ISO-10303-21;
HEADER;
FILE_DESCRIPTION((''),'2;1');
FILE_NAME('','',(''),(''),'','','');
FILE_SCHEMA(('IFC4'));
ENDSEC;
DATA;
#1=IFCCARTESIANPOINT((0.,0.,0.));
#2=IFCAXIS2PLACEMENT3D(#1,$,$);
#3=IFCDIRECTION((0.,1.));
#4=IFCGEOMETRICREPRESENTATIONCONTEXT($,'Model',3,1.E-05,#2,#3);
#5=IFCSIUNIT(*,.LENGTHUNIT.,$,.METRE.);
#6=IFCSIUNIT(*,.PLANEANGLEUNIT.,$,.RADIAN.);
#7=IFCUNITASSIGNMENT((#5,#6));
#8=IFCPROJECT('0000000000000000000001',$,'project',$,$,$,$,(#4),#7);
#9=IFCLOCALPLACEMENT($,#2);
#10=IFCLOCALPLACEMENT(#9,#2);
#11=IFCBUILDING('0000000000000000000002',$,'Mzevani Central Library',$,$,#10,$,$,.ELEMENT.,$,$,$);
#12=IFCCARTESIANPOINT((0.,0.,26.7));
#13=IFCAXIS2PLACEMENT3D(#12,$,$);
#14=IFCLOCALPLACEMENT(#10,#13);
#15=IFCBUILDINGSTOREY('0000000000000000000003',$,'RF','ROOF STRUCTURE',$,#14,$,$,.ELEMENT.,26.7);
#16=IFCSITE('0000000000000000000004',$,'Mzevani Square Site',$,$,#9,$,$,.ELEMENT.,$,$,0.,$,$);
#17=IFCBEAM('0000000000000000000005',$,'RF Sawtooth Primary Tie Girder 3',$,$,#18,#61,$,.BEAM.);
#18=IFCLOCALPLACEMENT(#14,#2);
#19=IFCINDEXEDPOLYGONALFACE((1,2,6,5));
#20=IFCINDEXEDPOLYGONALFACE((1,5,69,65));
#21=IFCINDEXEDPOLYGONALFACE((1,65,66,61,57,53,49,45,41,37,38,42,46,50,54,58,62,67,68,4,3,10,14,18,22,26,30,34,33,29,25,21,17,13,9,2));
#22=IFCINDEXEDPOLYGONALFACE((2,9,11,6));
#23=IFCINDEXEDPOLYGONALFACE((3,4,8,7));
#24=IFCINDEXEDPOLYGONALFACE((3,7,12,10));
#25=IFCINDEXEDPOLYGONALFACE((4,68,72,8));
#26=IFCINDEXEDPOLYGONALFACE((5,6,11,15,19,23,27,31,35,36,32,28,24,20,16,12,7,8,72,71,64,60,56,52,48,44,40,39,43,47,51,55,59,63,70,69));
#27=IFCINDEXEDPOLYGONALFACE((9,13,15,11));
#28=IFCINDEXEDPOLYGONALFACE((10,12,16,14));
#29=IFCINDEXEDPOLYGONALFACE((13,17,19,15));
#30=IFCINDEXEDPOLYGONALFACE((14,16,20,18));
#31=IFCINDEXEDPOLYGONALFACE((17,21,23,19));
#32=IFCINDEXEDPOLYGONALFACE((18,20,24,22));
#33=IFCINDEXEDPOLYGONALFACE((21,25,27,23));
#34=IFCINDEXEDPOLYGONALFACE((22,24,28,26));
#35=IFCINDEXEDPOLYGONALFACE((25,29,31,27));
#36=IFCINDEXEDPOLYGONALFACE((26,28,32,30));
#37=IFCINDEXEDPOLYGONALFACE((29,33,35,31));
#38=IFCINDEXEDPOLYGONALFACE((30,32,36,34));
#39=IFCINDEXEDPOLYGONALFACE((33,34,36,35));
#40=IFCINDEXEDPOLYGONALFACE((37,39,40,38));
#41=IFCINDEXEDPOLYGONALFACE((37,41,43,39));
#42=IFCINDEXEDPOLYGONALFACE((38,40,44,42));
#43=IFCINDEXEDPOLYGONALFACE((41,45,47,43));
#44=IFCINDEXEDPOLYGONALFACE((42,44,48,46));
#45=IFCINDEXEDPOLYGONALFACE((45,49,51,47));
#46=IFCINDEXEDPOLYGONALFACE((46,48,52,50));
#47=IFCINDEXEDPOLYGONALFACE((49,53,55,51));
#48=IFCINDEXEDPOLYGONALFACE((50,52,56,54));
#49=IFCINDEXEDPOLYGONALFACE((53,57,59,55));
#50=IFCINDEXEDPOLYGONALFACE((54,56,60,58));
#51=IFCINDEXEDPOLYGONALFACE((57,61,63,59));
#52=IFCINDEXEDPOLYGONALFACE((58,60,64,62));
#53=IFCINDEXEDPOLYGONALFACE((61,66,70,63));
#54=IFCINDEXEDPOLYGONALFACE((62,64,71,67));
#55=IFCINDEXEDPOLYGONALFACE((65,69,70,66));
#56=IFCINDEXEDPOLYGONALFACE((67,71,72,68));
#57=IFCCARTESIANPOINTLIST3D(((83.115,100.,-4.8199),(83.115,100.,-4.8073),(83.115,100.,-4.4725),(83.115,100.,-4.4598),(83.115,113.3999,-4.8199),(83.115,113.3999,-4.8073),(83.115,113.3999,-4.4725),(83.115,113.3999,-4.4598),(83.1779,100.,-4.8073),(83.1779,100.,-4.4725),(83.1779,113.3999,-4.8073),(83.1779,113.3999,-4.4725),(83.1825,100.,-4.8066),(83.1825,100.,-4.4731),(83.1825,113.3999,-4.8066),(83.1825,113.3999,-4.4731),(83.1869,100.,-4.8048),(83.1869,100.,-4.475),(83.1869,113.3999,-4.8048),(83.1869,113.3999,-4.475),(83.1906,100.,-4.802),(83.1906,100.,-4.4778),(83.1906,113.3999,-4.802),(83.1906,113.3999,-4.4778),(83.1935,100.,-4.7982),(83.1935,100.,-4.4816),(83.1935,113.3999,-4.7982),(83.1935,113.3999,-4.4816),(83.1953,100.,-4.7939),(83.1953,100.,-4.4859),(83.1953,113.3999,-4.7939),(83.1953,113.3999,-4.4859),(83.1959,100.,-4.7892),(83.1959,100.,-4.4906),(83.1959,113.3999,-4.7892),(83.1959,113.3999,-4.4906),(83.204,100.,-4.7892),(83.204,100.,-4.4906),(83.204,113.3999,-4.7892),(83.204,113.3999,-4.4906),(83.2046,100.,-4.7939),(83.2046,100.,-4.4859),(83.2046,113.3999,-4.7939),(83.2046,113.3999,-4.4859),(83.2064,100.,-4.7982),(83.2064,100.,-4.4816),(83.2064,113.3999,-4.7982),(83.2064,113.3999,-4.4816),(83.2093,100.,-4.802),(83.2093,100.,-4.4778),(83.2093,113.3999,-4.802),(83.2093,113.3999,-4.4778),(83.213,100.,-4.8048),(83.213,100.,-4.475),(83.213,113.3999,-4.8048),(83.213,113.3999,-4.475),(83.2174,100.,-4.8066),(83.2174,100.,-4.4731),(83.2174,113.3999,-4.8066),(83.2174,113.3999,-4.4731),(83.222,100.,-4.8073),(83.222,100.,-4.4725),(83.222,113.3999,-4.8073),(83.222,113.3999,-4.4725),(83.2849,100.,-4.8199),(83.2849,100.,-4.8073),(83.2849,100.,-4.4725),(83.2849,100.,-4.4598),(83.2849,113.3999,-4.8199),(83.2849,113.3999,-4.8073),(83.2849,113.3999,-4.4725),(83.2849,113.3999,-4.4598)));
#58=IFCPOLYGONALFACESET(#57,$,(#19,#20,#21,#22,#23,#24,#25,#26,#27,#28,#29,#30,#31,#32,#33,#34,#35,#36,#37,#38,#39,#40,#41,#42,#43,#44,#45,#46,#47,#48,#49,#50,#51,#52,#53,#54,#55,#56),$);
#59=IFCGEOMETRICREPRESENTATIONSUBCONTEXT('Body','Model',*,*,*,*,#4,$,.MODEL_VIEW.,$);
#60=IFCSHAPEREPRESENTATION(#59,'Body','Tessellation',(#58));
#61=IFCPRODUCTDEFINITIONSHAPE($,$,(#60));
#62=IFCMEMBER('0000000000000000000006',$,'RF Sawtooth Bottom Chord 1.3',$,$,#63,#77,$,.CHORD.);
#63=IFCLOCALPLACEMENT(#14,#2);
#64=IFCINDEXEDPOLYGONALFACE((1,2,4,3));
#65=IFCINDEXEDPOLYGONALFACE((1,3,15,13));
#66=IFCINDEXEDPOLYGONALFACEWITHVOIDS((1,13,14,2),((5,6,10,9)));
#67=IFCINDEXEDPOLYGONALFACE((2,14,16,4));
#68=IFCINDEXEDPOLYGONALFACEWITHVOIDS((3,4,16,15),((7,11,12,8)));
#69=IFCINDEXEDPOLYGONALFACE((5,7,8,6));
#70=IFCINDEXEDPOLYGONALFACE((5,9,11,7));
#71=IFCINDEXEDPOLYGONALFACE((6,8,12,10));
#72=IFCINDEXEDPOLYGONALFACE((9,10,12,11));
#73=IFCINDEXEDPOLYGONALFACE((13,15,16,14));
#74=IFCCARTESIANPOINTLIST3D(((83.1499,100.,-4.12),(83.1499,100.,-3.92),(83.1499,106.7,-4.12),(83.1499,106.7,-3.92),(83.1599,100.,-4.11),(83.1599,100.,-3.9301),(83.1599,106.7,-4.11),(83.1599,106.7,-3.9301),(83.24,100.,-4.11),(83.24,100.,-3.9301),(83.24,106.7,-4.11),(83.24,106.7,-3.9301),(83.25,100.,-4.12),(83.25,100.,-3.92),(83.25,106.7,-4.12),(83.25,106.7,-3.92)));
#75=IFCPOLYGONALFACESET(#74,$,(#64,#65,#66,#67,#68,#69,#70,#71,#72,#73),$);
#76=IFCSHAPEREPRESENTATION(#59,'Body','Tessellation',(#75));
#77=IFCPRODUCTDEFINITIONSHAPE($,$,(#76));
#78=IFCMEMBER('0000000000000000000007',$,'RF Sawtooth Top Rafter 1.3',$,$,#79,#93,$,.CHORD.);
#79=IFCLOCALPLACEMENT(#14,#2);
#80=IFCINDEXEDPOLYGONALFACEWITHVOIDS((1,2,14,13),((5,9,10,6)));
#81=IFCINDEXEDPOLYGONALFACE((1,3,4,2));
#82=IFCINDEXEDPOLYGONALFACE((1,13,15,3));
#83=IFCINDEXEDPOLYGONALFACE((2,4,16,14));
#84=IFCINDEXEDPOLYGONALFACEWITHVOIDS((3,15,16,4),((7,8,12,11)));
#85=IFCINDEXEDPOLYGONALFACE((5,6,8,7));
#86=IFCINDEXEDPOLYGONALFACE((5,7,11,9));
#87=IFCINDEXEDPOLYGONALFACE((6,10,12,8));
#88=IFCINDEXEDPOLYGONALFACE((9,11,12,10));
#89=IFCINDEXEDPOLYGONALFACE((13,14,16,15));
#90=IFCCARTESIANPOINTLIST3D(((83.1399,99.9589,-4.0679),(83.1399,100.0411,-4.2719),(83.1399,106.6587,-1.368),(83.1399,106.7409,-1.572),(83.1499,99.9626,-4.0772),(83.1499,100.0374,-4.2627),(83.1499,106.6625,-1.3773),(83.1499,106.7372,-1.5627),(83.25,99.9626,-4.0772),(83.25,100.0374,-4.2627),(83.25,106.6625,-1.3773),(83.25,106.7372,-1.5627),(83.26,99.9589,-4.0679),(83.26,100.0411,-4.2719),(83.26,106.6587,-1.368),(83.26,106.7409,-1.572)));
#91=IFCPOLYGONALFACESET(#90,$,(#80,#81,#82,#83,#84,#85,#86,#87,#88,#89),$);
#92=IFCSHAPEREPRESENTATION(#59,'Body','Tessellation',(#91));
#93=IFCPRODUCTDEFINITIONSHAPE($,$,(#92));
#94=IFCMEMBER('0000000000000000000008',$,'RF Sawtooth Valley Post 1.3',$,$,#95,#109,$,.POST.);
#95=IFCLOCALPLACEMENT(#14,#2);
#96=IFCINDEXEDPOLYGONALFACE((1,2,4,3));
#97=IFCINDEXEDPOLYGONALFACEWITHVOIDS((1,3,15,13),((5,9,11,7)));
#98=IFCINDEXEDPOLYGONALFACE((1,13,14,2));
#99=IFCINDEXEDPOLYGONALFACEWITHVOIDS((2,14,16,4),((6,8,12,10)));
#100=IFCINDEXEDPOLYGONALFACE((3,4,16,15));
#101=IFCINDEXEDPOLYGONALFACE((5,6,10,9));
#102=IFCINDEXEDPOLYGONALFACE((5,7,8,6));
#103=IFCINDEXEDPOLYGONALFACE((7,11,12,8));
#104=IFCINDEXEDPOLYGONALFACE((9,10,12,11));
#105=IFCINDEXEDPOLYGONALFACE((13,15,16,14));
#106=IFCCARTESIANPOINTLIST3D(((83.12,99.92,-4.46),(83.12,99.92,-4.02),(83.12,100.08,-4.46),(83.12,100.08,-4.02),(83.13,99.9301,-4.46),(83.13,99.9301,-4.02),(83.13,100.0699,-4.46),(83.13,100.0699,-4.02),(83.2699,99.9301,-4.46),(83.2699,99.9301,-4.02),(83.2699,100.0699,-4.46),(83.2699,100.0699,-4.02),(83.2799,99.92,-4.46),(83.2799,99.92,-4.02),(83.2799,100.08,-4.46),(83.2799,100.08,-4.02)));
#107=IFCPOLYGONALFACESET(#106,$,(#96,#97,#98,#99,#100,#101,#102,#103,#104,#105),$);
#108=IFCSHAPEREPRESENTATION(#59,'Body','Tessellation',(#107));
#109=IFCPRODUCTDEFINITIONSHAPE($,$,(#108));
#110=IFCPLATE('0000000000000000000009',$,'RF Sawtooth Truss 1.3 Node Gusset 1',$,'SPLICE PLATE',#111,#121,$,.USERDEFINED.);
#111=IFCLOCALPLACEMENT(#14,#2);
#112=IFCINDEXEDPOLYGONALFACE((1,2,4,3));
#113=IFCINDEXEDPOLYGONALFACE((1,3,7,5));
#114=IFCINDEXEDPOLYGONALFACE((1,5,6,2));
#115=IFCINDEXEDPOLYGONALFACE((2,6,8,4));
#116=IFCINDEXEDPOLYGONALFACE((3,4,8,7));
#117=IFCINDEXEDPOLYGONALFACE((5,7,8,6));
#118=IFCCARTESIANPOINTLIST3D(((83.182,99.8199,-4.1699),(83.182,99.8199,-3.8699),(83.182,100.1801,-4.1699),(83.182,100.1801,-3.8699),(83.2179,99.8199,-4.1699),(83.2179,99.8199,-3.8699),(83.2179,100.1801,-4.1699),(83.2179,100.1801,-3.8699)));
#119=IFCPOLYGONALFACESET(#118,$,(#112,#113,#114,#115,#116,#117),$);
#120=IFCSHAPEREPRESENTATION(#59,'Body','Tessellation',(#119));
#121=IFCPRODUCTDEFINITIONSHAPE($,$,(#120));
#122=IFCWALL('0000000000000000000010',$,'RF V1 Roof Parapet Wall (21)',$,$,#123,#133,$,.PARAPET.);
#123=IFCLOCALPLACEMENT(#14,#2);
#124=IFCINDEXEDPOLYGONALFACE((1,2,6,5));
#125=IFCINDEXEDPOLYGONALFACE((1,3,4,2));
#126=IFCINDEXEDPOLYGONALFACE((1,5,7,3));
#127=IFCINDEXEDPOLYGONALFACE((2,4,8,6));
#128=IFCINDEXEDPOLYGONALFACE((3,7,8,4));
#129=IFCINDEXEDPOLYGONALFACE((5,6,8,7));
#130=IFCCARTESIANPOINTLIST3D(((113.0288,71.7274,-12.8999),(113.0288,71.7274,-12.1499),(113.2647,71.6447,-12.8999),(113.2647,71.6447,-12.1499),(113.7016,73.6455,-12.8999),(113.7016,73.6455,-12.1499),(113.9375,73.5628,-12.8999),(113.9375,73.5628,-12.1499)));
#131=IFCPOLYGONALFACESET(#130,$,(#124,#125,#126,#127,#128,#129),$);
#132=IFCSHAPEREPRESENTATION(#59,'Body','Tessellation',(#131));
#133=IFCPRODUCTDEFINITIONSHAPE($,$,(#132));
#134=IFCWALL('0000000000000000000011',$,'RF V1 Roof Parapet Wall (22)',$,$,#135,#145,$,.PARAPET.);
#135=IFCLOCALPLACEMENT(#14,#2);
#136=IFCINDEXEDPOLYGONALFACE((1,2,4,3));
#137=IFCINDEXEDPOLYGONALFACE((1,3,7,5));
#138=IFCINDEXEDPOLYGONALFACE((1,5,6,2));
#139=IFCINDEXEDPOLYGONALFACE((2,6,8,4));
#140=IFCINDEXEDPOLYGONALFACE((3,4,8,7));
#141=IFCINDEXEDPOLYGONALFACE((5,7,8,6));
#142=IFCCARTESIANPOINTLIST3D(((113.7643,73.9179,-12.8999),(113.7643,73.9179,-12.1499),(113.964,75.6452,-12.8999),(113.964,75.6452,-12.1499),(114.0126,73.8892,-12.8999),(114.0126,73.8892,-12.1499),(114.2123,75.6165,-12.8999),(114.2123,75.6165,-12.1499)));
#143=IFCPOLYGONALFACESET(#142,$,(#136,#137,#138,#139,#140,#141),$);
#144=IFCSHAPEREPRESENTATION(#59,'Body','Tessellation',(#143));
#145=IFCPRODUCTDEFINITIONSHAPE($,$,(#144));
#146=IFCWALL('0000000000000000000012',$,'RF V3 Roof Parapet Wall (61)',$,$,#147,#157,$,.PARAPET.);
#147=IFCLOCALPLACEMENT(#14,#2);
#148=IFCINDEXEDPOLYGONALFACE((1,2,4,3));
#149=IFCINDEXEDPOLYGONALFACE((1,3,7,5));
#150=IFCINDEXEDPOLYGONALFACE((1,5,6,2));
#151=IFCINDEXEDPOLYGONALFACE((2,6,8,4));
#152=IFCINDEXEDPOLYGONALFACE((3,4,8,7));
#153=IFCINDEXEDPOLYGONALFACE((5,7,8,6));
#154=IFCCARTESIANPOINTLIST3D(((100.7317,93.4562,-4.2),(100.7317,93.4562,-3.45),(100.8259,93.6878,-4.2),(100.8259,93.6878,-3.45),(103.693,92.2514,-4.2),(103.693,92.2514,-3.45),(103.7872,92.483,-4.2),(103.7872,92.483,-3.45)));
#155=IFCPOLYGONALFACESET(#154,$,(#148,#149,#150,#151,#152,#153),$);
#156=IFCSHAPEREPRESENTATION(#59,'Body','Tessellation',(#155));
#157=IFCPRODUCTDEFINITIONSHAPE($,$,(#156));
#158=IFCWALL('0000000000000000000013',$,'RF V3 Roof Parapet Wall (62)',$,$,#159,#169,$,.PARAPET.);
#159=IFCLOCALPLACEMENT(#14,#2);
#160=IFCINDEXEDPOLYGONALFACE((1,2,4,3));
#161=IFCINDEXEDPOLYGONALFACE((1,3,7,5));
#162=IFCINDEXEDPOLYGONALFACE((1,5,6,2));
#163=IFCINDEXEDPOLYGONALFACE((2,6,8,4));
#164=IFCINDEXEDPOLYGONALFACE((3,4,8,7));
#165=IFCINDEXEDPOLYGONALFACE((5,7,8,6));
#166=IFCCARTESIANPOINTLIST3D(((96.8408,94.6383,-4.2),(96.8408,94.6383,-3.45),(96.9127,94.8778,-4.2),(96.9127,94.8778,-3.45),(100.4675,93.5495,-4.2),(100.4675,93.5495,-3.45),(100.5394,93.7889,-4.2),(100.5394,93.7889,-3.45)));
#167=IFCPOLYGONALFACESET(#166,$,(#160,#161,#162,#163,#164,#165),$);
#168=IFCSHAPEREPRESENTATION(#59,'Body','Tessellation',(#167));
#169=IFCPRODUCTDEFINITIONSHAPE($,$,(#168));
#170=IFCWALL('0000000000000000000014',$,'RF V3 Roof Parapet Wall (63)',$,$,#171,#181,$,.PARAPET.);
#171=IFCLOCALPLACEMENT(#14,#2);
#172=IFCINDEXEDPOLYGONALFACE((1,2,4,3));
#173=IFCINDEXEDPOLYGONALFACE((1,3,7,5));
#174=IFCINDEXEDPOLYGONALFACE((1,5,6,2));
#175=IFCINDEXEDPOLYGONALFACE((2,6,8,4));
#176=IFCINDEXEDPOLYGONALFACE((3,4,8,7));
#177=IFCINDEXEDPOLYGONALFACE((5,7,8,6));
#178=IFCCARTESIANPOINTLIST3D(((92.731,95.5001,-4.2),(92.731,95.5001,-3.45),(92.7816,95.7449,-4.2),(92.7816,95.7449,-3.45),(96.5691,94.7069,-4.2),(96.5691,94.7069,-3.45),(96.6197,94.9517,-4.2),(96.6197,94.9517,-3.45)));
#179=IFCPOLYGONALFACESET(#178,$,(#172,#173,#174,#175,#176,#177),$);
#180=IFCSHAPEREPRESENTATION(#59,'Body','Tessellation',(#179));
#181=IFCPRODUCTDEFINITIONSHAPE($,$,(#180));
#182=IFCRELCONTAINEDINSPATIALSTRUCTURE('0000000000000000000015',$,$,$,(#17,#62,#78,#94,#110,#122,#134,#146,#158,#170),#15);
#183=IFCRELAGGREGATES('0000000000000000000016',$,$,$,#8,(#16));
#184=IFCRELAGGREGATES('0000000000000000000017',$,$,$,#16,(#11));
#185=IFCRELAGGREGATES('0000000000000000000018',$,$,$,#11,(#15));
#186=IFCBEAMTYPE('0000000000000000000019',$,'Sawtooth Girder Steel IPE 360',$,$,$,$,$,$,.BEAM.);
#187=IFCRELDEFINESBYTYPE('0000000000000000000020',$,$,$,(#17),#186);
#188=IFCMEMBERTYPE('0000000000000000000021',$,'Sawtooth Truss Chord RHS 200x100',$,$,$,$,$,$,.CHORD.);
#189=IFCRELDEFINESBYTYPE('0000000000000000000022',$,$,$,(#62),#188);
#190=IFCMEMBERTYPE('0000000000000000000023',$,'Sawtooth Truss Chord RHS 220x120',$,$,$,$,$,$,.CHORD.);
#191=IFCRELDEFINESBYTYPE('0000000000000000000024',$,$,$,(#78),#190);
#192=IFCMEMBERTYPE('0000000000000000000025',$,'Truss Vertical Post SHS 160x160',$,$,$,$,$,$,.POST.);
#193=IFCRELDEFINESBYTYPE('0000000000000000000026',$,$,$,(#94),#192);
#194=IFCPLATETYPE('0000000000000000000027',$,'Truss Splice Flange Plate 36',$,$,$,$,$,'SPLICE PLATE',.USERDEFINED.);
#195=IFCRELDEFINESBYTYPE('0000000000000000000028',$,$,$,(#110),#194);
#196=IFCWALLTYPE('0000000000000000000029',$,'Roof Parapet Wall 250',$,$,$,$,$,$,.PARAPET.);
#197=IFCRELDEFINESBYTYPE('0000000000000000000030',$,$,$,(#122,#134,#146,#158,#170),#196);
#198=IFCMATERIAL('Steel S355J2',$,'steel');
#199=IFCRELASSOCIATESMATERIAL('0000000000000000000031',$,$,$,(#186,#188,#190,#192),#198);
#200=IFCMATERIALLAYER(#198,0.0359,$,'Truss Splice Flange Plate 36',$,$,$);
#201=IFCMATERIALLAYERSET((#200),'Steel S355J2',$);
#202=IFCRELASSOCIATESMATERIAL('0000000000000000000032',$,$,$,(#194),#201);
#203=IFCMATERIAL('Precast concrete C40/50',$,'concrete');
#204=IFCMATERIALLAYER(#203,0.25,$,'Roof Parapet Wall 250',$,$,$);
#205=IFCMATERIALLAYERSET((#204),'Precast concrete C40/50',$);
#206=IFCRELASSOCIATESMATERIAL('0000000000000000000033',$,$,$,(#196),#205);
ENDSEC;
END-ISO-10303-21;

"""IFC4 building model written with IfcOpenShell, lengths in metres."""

from ifc_helpers import new_model, si_unit, direction, frame, frame_2d, origin, origin_2d, place, context, subcontext, project, spatial, rectangle, hollow_rectangle, i_section, extrude, material, layer, layer_set, material_profile, profile_set, type_object, element, save


model = new_model("IFC4")

# Units and contexts
model_context = context("Model", 3, precision=1e-05, world=origin(), true_north=direction((0.0, 1.0)))
body_context = subcontext(model_context, "Body", "Model", "MODEL_VIEW")
ifc_project = project(units=[si_unit("LENGTHUNIT", "METRE"), si_unit("PLANEANGLEUNIT", "RADIAN")], contexts=[model_context])

# Site, building, storey
site_placement = place(None, origin())
site = spatial("IfcSite", under=ifc_project, at=site_placement, Name="Mzevani Square Site", CompositionType="ELEMENT", RefElevation=0.0)
building_placement = place(site_placement, origin())
building = spatial("IfcBuilding", under=site, at=building_placement, Name="Mzevani Central Library", CompositionType="ELEMENT")
storey_placement = place(building_placement, frame((0.0, 0.0, 26.7)))
storey = spatial("IfcBuildingStorey", under=building, at=storey_placement, Name="RF", Description="ROOF STRUCTURE", CompositionType="ELEMENT", Elevation=26.7)

# Shared definitions
ifc_material_1 = material(Name="Steel S355J2", Category="steel")

# Beam
ifc_material_profile_1 = material_profile(ifc_material_1, i_section(OverallWidth=0.1699, OverallDepth=0.3601, WebThickness=0.0081, FlangeThickness=0.0127, FilletRadius=0.0181, at=origin_2d()), Name="IPE 360")
ifc_profile_set_1 = profile_set([ifc_material_profile_1], Name="Steel S355J2")
beam_type_1 = type_object("IfcBeamType", Name="Sawtooth Girder Steel IPE 360", PredefinedType="BEAM", material=ifc_profile_set_1)
beam_1_placement = place(storey_placement, frame((83.2, 100.0, -4.6399), z_axis=(0.0, 1.0, 0.0), x_axis=(-1.0, 0.0, 0.0)))
element("IfcBeam", 1, at=beam_1_placement, inside=storey, type_object=beam_type_1, Name="RF Sawtooth Primary Tie Girder 3", PredefinedType="BEAM", context=body_context, shape_type="SweptSolid", body=[
    extrude(i_section(OverallWidth=0.1699, OverallDepth=0.3601, WebThickness=0.0081, FlangeThickness=0.0127, FilletRadius=0.0181, at=origin_2d()), origin(), (0.0, 0.0, 1.0), 13.3999),
])

# Members
ifc_material_profile_2 = material_profile(ifc_material_1, hollow_rectangle(XDim=0.1001, YDim=0.2, WallThickness=0.01, at=origin_2d()), Name="RHS 200x100x10.0")
ifc_profile_set_2 = profile_set([ifc_material_profile_2], Name="Steel S355J2")
member_type_1 = type_object("IfcMemberType", Name="Sawtooth Truss Chord RHS 200x100", PredefinedType="CHORD", material=ifc_profile_set_2)
member_1_placement = place(storey_placement, frame((83.2, 100.0, -4.02), z_axis=(0.0, 1.0, 0.0), x_axis=(-1.0, 0.0, 0.0)))
element("IfcMember", 2, at=member_1_placement, inside=storey, type_object=member_type_1, Name="RF Sawtooth Bottom Chord 1.3", PredefinedType="CHORD", context=body_context, shape_type="SweptSolid", body=[
    extrude(hollow_rectangle(XDim=0.1001, YDim=0.2, WallThickness=0.01, at=origin_2d()), origin(), (0.0, 0.0, 1.0), 6.7),
])
ifc_material_profile_3 = material_profile(ifc_material_1, hollow_rectangle(XDim=0.1201, YDim=0.22, WallThickness=0.01, at=origin_2d()), Name="RHS 220x120x10.0")
ifc_profile_set_3 = profile_set([ifc_material_profile_3], Name="Steel S355J2")
member_type_2 = type_object("IfcMemberType", Name="Sawtooth Truss Chord RHS 220x120", PredefinedType="CHORD", material=ifc_profile_set_3)
member_2_placement = place(storey_placement, frame((83.2, 100.0, -4.1699), z_axis=(0.0, 0.92752, 0.373773), x_axis=(-1.0, 0.0, 0.0)))
element("IfcMember", 3, at=member_2_placement, inside=storey, type_object=member_type_2, Name="RF Sawtooth Top Rafter 1.3", PredefinedType="CHORD", context=body_context, shape_type="SweptSolid", body=[
    extrude(hollow_rectangle(XDim=0.1201, YDim=0.22, WallThickness=0.01, at=origin_2d()), origin(), (0.0, 0.0, 1.0), 7.2234),
])
ifc_material_profile_4 = material_profile(ifc_material_1, hollow_rectangle(XDim=0.1599, YDim=0.1599, WallThickness=0.01, at=origin_2d()), Name="SHS 160x160x10.0")
ifc_profile_set_4 = profile_set([ifc_material_profile_4], Name="Steel S355J2")
member_type_3 = type_object("IfcMemberType", Name="Truss Vertical Post SHS 160x160", PredefinedType="POST", material=ifc_profile_set_4)
member_3_placement = place(storey_placement, frame((83.2, 100.0, -4.46), z_axis=(0.0, 0.0, 1.0), x_axis=(1.0, 0.0, 0.0)))
element("IfcMember", 4, at=member_3_placement, inside=storey, type_object=member_type_3, Name="RF Sawtooth Valley Post 1.3", PredefinedType="POST", context=body_context, shape_type="SweptSolid", body=[
    extrude(hollow_rectangle(XDim=0.1599, YDim=0.1599, WallThickness=0.01, at=origin_2d()), origin(), (0.0, 0.0, 1.0), 0.4399),
])

# Plate
ifc_layer_1 = layer(ifc_material_1, 0.0359, Name="Truss Splice Flange Plate 36")
ifc_layer_set_1 = layer_set([ifc_layer_1], Name="Steel S355J2")
plate_type = type_object("IfcPlateType", Name="Truss Splice Flange Plate 36", ElementType="SPLICE PLATE", PredefinedType="USERDEFINED", material=ifc_layer_set_1)
plate_placement = place(storey_placement, frame((83.2, 100.0, -4.1699), z_axis=(0.0, 0.0, 1.0), x_axis=(1.0, 0.0, 0.0)))
element("IfcPlate", 5, at=plate_placement, inside=storey, type_object=plate_type, Name="RF Sawtooth Truss 1.3 Node Gusset 1", ObjectType="SPLICE PLATE", PredefinedType="USERDEFINED", context=body_context, shape_type="SweptSolid", body=[
    extrude(rectangle(XDim=0.0359, YDim=0.3601, at=origin_2d()), origin(), (0.0, 0.0, 1.0), 0.3),
])

# Walls
ifc_material_2 = material(Name="Precast concrete C40/50", Category="concrete")
ifc_layer_2 = layer(ifc_material_2, 0.25, Name="Roof Parapet Wall 250")
ifc_layer_set_2 = layer_set([ifc_layer_2], Name="Precast concrete C40/50")
wall_type = type_object("IfcWallType", Name="Roof Parapet Wall 250", PredefinedType="PARAPET", material=ifc_layer_set_2)
wall_1_placement = place(storey_placement, frame((113.1467, 71.686, -12.8999), z_axis=(0.0, 0.0, 1.0), x_axis=(0.330998, 0.943632, 0.0)))
element("IfcWall", 6, at=wall_1_placement, inside=storey, type_object=wall_type, Name="RF V1 Roof Parapet Wall (21)", PredefinedType="PARAPET", context=body_context, shape_type="SweptSolid", body=[
    extrude(rectangle(XDim=2.0327, YDim=0.25, at=frame_2d((1.0164, 0.0))), origin(), (0.0, 0.0, 1.0), 0.75),
])
wall_2_placement = place(storey_placement, frame((113.8884, 73.9036, -12.8999), z_axis=(0.0, 0.0, 1.0), x_axis=(0.114853, 0.993382, 0.0)))
element("IfcWall", 7, at=wall_2_placement, inside=storey, type_object=wall_type, Name="RF V1 Roof Parapet Wall (22)", PredefinedType="PARAPET", context=body_context, shape_type="SweptSolid", body=[
    extrude(rectangle(XDim=1.7388, YDim=0.25, at=frame_2d((0.8694, 0.0))), origin(), (0.0, 0.0, 1.0), 0.75),
])
wall_3_placement = place(storey_placement, frame((103.7402, 92.3672, -4.2), z_axis=(0.0, 0.0, 1.0), x_axis=(-0.926275, 0.376848, 0.0)))
element("IfcWall", 8, at=wall_3_placement, inside=storey, type_object=wall_type, Name="RF V3 Roof Parapet Wall (61)", PredefinedType="PARAPET", context=body_context, shape_type="SweptSolid", body=[
    extrude(rectangle(XDim=3.197, YDim=0.25, at=frame_2d((1.5986, 0.0))), origin(), (0.0, 0.0, 1.0), 0.75),
])
wall_4_placement = place(storey_placement, frame((100.5034, 93.6692, -4.2), z_axis=(0.0, 0.0, 1.0), x_axis=(-0.957764, 0.287555, 0.0)))
element("IfcWall", 9, at=wall_4_placement, inside=storey, type_object=wall_type, Name="RF V3 Roof Parapet Wall (62)", PredefinedType="PARAPET", context=body_context, shape_type="SweptSolid", body=[
    extrude(rectangle(XDim=3.7866, YDim=0.25, at=frame_2d((1.8933, 0.0))), origin(), (0.0, 0.0, 1.0), 0.75),
])
wall_5_placement = place(storey_placement, frame((96.5942, 94.8293, -4.2), z_axis=(0.0, 0.0, 1.0), x_axis=(-0.979305, 0.202389, 0.0)))
element("IfcWall", 10, at=wall_5_placement, inside=storey, type_object=wall_type, Name="RF V3 Roof Parapet Wall (63)", PredefinedType="PARAPET", context=body_context, shape_type="SweptSolid", body=[
    extrude(rectangle(XDim=3.9192, YDim=0.25, at=frame_2d((1.9595, 0.0))), origin(), (0.0, 0.0, 1.0), 0.75),
])

save(model, "model.ifc")
